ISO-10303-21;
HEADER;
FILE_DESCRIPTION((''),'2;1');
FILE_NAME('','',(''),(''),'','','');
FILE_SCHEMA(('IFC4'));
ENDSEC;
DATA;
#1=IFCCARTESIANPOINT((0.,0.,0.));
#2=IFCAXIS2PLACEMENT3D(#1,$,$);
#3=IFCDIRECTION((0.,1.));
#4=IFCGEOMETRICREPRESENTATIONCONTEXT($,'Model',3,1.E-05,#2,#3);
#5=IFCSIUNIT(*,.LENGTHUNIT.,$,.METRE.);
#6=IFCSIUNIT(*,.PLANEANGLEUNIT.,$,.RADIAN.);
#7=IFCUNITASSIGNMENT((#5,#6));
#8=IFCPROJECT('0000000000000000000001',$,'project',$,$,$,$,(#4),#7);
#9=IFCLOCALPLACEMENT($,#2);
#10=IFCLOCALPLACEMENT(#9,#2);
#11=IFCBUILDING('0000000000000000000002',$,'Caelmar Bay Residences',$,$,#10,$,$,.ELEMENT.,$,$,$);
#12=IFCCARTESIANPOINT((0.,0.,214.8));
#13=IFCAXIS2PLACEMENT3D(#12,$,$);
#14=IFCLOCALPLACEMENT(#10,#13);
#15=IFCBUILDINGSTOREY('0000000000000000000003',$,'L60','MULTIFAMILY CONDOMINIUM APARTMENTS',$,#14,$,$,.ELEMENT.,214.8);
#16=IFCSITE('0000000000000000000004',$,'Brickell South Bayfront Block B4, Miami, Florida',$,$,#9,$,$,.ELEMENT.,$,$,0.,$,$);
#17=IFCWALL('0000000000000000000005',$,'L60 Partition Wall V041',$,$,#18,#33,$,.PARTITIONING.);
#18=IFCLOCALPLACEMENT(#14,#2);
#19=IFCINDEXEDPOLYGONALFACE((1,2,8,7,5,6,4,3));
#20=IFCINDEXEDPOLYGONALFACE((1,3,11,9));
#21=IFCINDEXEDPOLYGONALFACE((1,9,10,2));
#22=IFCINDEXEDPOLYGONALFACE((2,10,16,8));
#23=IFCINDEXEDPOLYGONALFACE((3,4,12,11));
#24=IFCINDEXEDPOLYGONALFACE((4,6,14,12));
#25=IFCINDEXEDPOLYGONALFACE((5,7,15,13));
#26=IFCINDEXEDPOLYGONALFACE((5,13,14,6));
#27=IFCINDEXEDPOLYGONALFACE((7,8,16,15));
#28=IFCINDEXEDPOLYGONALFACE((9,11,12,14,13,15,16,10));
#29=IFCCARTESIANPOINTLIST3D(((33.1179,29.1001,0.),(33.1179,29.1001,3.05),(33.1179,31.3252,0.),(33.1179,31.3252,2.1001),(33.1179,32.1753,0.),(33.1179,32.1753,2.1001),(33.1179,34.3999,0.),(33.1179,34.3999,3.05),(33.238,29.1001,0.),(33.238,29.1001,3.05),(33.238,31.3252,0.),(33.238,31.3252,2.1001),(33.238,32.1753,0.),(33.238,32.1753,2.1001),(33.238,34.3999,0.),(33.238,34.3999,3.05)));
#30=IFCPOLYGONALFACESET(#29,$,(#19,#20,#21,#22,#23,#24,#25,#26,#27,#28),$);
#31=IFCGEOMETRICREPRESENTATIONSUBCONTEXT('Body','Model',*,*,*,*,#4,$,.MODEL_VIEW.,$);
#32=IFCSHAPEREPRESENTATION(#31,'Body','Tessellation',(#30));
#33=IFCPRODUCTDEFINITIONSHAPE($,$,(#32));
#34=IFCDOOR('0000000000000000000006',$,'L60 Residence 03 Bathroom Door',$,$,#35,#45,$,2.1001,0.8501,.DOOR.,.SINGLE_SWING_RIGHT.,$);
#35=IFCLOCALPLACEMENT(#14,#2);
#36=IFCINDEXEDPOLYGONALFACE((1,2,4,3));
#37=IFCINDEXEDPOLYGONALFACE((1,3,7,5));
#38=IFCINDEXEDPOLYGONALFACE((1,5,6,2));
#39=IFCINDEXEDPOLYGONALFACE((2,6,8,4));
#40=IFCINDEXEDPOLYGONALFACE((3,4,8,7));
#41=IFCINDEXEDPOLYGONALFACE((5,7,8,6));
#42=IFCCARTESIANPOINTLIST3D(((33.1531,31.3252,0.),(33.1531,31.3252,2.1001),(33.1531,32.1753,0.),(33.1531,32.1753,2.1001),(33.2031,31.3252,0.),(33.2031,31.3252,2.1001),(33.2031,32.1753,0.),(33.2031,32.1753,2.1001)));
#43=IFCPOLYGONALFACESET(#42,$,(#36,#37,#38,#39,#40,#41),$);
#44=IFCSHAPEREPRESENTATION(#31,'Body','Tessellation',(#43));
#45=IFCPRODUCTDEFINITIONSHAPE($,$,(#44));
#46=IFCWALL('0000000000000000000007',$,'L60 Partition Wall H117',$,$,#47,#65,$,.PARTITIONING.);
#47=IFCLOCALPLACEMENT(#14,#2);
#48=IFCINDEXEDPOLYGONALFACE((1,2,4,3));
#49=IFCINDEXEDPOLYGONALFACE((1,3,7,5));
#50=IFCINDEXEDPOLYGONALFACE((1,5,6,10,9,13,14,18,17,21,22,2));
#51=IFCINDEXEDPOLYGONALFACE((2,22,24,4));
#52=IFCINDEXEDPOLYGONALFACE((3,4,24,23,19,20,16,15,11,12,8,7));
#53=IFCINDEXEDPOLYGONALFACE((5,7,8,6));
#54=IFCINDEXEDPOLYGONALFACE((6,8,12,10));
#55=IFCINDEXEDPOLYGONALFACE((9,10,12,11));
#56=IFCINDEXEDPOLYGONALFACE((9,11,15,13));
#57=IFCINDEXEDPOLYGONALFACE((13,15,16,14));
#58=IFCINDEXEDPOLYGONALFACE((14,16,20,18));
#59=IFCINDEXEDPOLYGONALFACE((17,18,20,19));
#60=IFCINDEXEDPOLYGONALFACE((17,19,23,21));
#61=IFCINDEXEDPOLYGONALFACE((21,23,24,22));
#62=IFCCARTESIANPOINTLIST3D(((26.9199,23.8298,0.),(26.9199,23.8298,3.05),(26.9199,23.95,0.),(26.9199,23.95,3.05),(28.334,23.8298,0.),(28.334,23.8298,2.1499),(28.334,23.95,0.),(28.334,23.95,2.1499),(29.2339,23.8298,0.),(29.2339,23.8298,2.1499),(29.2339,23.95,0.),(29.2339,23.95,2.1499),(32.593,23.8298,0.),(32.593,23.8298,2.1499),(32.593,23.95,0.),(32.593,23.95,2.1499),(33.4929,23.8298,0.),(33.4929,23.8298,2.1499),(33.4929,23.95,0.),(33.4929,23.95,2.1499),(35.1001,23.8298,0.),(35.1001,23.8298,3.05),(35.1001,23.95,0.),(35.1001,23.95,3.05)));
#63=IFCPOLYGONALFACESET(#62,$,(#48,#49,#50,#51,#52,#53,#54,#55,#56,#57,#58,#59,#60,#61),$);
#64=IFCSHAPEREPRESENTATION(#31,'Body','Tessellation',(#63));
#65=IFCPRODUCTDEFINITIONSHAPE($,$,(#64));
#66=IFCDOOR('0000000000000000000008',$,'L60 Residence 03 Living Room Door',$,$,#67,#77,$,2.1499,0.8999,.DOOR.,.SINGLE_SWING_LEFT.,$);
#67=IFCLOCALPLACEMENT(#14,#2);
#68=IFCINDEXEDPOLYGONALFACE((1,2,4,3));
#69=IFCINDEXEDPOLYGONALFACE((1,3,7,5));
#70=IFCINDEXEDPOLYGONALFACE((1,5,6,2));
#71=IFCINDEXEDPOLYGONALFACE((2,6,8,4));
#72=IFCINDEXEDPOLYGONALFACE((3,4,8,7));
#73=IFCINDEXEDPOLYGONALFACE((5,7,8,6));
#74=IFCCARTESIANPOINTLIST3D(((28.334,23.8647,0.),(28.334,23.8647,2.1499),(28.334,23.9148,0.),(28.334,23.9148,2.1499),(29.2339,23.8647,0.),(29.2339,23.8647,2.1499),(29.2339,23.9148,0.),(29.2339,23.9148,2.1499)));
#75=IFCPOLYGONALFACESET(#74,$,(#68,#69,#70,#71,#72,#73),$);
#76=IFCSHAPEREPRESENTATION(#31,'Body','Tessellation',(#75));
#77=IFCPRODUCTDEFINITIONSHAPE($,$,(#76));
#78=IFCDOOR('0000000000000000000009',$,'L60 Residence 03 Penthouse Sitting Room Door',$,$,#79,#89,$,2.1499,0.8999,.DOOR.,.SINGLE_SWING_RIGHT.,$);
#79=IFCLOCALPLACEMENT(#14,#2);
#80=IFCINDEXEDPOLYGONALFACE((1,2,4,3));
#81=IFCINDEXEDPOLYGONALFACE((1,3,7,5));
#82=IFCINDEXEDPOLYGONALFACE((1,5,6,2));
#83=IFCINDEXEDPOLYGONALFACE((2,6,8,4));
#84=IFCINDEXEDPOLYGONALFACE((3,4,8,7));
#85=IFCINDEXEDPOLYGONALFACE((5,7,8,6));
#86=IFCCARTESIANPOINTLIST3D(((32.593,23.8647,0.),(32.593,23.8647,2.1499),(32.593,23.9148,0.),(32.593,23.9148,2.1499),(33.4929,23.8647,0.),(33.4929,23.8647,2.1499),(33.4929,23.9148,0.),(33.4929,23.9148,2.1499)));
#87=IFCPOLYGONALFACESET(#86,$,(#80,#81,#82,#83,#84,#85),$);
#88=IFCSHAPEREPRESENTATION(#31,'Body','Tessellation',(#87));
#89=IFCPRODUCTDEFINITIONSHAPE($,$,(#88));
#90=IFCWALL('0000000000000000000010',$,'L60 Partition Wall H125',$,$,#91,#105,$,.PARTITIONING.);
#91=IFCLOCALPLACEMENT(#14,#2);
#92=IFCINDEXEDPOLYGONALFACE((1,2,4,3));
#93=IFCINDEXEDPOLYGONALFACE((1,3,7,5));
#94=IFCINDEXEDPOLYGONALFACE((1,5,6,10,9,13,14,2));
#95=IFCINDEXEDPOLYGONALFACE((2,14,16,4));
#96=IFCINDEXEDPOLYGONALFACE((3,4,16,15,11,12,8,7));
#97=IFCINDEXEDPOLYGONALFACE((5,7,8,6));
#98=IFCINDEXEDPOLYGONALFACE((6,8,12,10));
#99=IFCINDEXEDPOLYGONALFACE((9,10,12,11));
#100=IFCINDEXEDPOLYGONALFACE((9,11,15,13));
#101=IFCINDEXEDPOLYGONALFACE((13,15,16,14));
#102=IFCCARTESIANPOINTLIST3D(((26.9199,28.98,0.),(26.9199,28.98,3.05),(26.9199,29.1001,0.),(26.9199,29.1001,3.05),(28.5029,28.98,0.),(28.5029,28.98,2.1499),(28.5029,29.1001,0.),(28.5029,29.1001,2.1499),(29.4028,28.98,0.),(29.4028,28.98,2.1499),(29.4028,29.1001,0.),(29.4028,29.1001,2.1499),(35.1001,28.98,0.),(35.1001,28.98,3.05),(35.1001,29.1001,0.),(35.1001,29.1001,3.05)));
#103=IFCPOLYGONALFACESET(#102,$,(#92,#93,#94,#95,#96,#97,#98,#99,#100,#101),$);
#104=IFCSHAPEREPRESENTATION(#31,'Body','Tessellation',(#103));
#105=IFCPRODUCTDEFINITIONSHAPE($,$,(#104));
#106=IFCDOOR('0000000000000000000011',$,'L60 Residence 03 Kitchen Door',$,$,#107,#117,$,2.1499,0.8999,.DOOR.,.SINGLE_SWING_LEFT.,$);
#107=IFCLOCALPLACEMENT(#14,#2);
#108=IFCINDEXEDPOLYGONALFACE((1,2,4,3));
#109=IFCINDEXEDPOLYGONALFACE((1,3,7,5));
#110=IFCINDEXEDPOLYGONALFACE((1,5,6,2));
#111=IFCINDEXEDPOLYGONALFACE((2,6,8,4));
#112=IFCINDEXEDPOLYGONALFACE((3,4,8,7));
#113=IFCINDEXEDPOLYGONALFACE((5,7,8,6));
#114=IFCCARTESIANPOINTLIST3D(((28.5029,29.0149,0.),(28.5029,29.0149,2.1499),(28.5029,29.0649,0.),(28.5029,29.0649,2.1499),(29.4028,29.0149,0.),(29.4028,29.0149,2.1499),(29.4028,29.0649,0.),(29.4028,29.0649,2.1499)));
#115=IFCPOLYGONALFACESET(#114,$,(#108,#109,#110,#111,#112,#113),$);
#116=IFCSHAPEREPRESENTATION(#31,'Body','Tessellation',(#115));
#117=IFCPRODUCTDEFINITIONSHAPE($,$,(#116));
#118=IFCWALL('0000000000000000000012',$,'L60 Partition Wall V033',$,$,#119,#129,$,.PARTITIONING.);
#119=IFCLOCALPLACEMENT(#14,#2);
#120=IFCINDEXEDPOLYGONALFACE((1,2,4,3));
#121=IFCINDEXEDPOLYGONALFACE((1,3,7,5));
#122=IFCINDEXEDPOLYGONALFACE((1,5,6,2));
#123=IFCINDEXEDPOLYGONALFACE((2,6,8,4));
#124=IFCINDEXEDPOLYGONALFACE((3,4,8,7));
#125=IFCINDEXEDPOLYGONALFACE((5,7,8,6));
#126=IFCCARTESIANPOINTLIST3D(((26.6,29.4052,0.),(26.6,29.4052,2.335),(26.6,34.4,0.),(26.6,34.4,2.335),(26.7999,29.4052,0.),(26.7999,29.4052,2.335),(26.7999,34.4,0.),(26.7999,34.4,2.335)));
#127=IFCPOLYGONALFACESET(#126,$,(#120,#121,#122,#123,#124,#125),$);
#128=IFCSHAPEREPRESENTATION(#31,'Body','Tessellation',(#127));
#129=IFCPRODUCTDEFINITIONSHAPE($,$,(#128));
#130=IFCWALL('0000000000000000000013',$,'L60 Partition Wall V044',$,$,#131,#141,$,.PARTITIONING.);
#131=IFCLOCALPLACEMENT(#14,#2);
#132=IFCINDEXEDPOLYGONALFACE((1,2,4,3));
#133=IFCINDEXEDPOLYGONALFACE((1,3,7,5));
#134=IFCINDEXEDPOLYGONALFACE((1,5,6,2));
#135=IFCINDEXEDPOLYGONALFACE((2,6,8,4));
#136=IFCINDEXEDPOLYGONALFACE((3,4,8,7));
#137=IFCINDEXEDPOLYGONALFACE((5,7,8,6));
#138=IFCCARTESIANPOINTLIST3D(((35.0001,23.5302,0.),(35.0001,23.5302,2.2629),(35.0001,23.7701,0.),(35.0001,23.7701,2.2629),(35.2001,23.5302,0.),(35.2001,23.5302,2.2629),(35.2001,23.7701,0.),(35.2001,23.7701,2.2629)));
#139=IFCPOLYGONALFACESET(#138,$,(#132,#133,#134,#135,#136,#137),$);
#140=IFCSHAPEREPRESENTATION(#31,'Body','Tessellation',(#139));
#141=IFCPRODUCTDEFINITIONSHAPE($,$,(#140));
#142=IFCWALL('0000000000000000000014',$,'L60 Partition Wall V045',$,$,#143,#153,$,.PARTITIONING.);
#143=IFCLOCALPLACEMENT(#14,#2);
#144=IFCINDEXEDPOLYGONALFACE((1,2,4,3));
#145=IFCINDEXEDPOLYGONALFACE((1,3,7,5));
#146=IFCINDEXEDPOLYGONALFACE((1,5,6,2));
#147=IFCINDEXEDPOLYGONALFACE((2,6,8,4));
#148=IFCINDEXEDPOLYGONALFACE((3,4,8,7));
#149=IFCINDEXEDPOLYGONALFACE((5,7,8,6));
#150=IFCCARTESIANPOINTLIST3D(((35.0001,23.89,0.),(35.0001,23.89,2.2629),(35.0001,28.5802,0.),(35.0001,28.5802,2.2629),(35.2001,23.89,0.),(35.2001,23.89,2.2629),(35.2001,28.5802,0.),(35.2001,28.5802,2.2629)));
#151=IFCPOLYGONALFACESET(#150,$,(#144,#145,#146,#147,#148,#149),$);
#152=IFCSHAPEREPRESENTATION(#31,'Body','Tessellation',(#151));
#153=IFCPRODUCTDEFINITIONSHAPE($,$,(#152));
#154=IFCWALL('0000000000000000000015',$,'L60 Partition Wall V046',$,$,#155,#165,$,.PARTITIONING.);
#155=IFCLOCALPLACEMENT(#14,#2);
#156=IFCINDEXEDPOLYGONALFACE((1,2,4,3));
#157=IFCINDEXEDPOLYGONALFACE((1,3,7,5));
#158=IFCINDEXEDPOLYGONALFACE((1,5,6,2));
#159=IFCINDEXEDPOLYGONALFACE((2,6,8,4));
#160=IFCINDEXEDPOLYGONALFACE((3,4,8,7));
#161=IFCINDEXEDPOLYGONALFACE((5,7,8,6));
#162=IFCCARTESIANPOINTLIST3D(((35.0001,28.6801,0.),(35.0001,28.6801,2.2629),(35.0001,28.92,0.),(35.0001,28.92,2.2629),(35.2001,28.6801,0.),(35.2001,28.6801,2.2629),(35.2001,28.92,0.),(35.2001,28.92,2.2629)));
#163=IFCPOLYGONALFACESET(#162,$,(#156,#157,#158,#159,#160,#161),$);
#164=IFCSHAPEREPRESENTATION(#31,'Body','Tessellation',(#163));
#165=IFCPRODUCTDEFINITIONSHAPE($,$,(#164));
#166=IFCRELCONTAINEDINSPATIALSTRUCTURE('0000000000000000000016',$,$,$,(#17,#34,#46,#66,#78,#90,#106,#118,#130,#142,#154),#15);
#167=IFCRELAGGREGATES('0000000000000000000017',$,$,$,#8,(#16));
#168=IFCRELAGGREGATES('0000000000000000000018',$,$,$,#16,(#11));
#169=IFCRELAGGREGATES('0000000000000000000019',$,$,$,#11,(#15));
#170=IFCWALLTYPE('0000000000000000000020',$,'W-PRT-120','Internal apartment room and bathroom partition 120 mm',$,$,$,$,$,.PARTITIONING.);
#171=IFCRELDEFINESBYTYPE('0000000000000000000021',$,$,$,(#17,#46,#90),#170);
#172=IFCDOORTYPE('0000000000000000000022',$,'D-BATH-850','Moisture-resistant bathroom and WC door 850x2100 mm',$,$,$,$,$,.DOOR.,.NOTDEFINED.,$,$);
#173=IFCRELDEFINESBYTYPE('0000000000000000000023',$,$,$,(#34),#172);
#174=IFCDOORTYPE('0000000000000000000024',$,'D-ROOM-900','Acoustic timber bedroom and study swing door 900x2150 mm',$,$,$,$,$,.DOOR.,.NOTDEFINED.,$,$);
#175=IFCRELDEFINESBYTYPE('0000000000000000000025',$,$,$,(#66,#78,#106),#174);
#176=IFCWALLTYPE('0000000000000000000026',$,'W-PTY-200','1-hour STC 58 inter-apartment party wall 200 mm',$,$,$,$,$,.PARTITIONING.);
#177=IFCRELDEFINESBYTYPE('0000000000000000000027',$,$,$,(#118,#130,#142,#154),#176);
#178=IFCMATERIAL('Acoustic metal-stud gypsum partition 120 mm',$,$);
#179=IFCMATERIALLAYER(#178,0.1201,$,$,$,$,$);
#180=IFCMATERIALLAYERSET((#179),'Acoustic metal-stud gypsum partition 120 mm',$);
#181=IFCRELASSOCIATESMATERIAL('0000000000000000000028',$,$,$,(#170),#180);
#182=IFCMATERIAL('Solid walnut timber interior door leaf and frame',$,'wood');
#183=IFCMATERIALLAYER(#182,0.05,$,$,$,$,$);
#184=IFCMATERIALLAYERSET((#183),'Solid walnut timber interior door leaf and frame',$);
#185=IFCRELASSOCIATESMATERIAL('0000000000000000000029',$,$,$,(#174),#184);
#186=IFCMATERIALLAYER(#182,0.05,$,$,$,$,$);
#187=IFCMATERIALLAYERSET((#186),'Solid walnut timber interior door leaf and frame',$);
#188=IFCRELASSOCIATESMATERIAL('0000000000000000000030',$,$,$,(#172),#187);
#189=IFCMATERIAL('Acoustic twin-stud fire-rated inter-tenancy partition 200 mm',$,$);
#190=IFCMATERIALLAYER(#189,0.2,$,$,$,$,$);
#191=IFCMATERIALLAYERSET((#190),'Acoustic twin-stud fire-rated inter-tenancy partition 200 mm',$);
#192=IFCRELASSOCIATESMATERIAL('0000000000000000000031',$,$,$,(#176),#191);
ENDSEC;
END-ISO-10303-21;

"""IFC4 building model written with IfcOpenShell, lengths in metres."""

from ifc_helpers import new_model, si_unit, direction, frame, frame_2d, origin, place, context, subcontext, project, spatial, rectangle, extrude, material, layer, layer_set, type_object, element, fill, save


model = new_model("IFC4")

# Units and contexts
model_context = context("Model", 3, precision=1e-05, world=origin(), true_north=direction((0.0, 1.0)))
body_context = subcontext(model_context, "Body", "Model", "MODEL_VIEW")
ifc_project = project(units=[si_unit("LENGTHUNIT", "METRE"), si_unit("PLANEANGLEUNIT", "RADIAN")], contexts=[model_context])

# Site, building, storey
site_placement = place(None, origin())
site = spatial("IfcSite", under=ifc_project, at=site_placement, Name="Brickell South Bayfront Block B4, Miami, Florida", CompositionType="ELEMENT", RefElevation=0.0)
building_placement = place(site_placement, origin())
building = spatial("IfcBuilding", under=site, at=building_placement, Name="Caelmar Bay Residences", CompositionType="ELEMENT")
storey_placement = place(building_placement, frame((0.0, 0.0, 214.8)))
storey = spatial("IfcBuildingStorey", under=building, at=storey_placement, Name="L60", Description="MULTIFAMILY CONDOMINIUM APARTMENTS", CompositionType="ELEMENT", Elevation=214.8)

# Shared definitions
ifc_material_1 = material(Name="Acoustic metal-stud gypsum partition 120 mm")
ifc_layer_1 = layer(ifc_material_1, 0.1201)
ifc_layer_set_1 = layer_set([ifc_layer_1], Name="Acoustic metal-stud gypsum partition 120 mm")
wall_type_1 = type_object("IfcWallType", Name="W-PRT-120", Description="Internal apartment room and bathroom partition 120 mm", PredefinedType="PARTITIONING", material=ifc_layer_set_1)

# Shared definitions
ifc_material_2 = material(Name="Solid walnut timber interior door leaf and frame", Category="wood")
ifc_layer_2 = layer(ifc_material_2, 0.05)
ifc_layer_set_2 = layer_set([ifc_layer_2], Name="Solid walnut timber interior door leaf and frame")
door_type_1 = type_object("IfcDoorType", Name="D-ROOM-900", Description="Acoustic timber bedroom and study swing door 900x2150 mm", OperationType="NOTDEFINED", PredefinedType="DOOR", material=ifc_layer_set_2)

# Wall, opening, door
wall_1_placement = place(storey_placement, frame((33.178, 29.1001, 0.0), z_axis=(0.0, 0.0, 1.0), x_axis=(0.0, 1.0, 0.0)))
wall_1 = element("IfcWall", 1, at=wall_1_placement, inside=storey, type_object=wall_type_1, Name="L60 Partition Wall V041", PredefinedType="PARTITIONING", context=body_context, shape_type="SweptSolid", body=[
    extrude(rectangle(XDim=5.2998, YDim=0.1201, at=frame_2d((2.6499, 0.0))), origin(), (0.0, 0.0, 1.0), 3.05),
])
opening_1_placement = place(wall_1_placement, frame((2.2251, 0.0, 0.0)))
opening_1 = element("IfcOpeningElement", 2, at=opening_1_placement, cuts=wall_1, PredefinedType="OPENING", context=body_context, shape_type="SweptSolid", body=[
    extrude(rectangle(XDim=0.8501, YDim=2.1001, at=frame_2d((0.425, 1.05))), frame((0.0, 0.0701, 0.0), z_axis=(0.0, -1.0, 0.0), x_axis=(1.0, 0.0, 0.0)), (0.0, 0.0, 1.0), 0.1401),
])
ifc_layer_3 = layer(ifc_material_2, 0.05)
ifc_layer_set_3 = layer_set([ifc_layer_3], Name="Solid walnut timber interior door leaf and frame")
door_type_2 = type_object("IfcDoorType", Name="D-BATH-850", Description="Moisture-resistant bathroom and WC door 850x2100 mm", OperationType="NOTDEFINED", PredefinedType="DOOR", material=ifc_layer_set_3)
door_1_placement = place(opening_1_placement, origin())
door_1 = element("IfcDoor", 3, at=door_1_placement, inside=storey, type_object=door_type_2, Name="L60 Residence 03 Bathroom Door", OperationType="SINGLE_SWING_RIGHT", OverallHeight=2.1001, OverallWidth=0.8501, PredefinedType="DOOR", context=body_context, shape_type="SweptSolid", body=[
    extrude(rectangle(XDim=0.8501, YDim=2.1001, at=frame_2d((0.425, 1.05))), frame((0.0, 0.0249, 0.0), z_axis=(0.0, -1.0, 0.0), x_axis=(1.0, 0.0, 0.0)), (0.0, 0.0, 1.0), 0.05),
])
fill(opening_1, door_1)

# Wall, openings, doors
wall_2_placement = place(storey_placement, frame((26.9199, 23.8899, 0.0), z_axis=(0.0, 0.0, 1.0), x_axis=(1.0, 0.0, 0.0)))
wall_2 = element("IfcWall", 4, at=wall_2_placement, inside=storey, type_object=wall_type_1, Name="L60 Partition Wall H117", PredefinedType="PARTITIONING", context=body_context, shape_type="SweptSolid", body=[
    extrude(rectangle(XDim=8.1802, YDim=0.1201, at=frame_2d((4.0901, 0.0))), origin(), (0.0, 0.0, 1.0), 3.05),
])
opening_2_placement = place(wall_2_placement, frame((1.4141, 0.0, 0.0)))
opening_2 = element("IfcOpeningElement", 5, at=opening_2_placement, cuts=wall_2, PredefinedType="OPENING", context=body_context, shape_type="SweptSolid", body=[
    extrude(rectangle(XDim=0.8999, YDim=2.1499, at=frame_2d((0.45, 1.075))), frame((0.0, 0.0701, 0.0), z_axis=(0.0, -1.0, 0.0), x_axis=(1.0, 0.0, 0.0)), (0.0, 0.0, 1.0), 0.1401),
])
opening_3_placement = place(wall_2_placement, frame((5.6731, 0.0, 0.0)))
opening_3 = element("IfcOpeningElement", 6, at=opening_3_placement, cuts=wall_2, PredefinedType="OPENING", context=body_context, shape_type="SweptSolid", body=[
    extrude(rectangle(XDim=0.8999, YDim=2.1499, at=frame_2d((0.45, 1.075))), frame((0.0, 0.0701, 0.0), z_axis=(0.0, -1.0, 0.0), x_axis=(1.0, 0.0, 0.0)), (0.0, 0.0, 1.0), 0.1401),
])
door_2_placement = place(opening_2_placement, origin())
door_2 = element("IfcDoor", 7, at=door_2_placement, inside=storey, type_object=door_type_1, Name="L60 Residence 03 Living Room Door", OperationType="SINGLE_SWING_LEFT", OverallHeight=2.1499, OverallWidth=0.8999, PredefinedType="DOOR", context=body_context, shape_type="SweptSolid", body=[
    extrude(rectangle(XDim=0.8999, YDim=2.1499, at=frame_2d((0.45, 1.075))), frame((0.0, 0.0249, 0.0), z_axis=(0.0, -1.0, 0.0), x_axis=(1.0, 0.0, 0.0)), (0.0, 0.0, 1.0), 0.05),
])
fill(opening_2, door_2)
door_3_placement = place(opening_3_placement, origin())
door_3 = element("IfcDoor", 8, at=door_3_placement, inside=storey, type_object=door_type_1, Name="L60 Residence 03 Penthouse Sitting Room Door", OperationType="SINGLE_SWING_RIGHT", OverallHeight=2.1499, OverallWidth=0.8999, PredefinedType="DOOR", context=body_context, shape_type="SweptSolid", body=[
    extrude(rectangle(XDim=0.8999, YDim=2.1499, at=frame_2d((0.45, 1.075))), frame((0.0, 0.0249, 0.0), z_axis=(0.0, -1.0, 0.0), x_axis=(1.0, 0.0, 0.0)), (0.0, 0.0, 1.0), 0.05),
])
fill(opening_3, door_3)

# Wall, opening, door
wall_3_placement = place(storey_placement, frame((26.9199, 29.04, 0.0), z_axis=(0.0, 0.0, 1.0), x_axis=(1.0, 0.0, 0.0)))
wall_3 = element("IfcWall", 9, at=wall_3_placement, inside=storey, type_object=wall_type_1, Name="L60 Partition Wall H125", PredefinedType="PARTITIONING", context=body_context, shape_type="SweptSolid", body=[
    extrude(rectangle(XDim=8.1802, YDim=0.1201, at=frame_2d((4.0901, 0.0))), origin(), (0.0, 0.0, 1.0), 3.05),
])
opening_4_placement = place(wall_3_placement, frame((1.583, 0.0, 0.0)))
opening_4 = element("IfcOpeningElement", 10, at=opening_4_placement, cuts=wall_3, PredefinedType="OPENING", context=body_context, shape_type="SweptSolid", body=[
    extrude(rectangle(XDim=0.8999, YDim=2.1499, at=frame_2d((0.45, 1.075))), frame((0.0, 0.0701, 0.0), z_axis=(0.0, -1.0, 0.0), x_axis=(1.0, 0.0, 0.0)), (0.0, 0.0, 1.0), 0.1401),
])
door_4_placement = place(opening_4_placement, origin())
door_4 = element("IfcDoor", 11, at=door_4_placement, inside=storey, type_object=door_type_1, Name="L60 Residence 03 Kitchen Door", OperationType="SINGLE_SWING_LEFT", OverallHeight=2.1499, OverallWidth=0.8999, PredefinedType="DOOR", context=body_context, shape_type="SweptSolid", body=[
    extrude(rectangle(XDim=0.8999, YDim=2.1499, at=frame_2d((0.45, 1.075))), frame((0.0, 0.0249, 0.0), z_axis=(0.0, -1.0, 0.0), x_axis=(1.0, 0.0, 0.0)), (0.0, 0.0, 1.0), 0.05),
])
fill(opening_4, door_4)

# Walls
ifc_material_3 = material(Name="Acoustic twin-stud fire-rated inter-tenancy partition 200 mm")
ifc_layer_4 = layer(ifc_material_3, 0.2)
ifc_layer_set_4 = layer_set([ifc_layer_4], Name="Acoustic twin-stud fire-rated inter-tenancy partition 200 mm")
wall_type_2 = type_object("IfcWallType", Name="W-PTY-200", Description="1-hour STC 58 inter-apartment party wall 200 mm", PredefinedType="PARTITIONING", material=ifc_layer_set_4)
wall_4_placement = place(storey_placement, frame((26.7, 29.405, 0.0), z_axis=(0.0, 0.0, 1.0), x_axis=(0.0, 1.0, 0.0)))
element("IfcWall", 12, at=wall_4_placement, inside=storey, type_object=wall_type_2, Name="L60 Partition Wall V033", PredefinedType="PARTITIONING", context=body_context, shape_type="SweptSolid", body=[
    extrude(rectangle(XDim=4.9949, YDim=0.2, at=frame_2d((2.4976, 0.0))), origin(), (0.0, 0.0, 1.0), 2.335),
])
wall_5_placement = place(storey_placement, frame((35.1001, 23.53, 0.0), z_axis=(0.0, 0.0, 1.0), x_axis=(0.0, 1.0, 0.0)))
element("IfcWall", 13, at=wall_5_placement, inside=storey, type_object=wall_type_2, Name="L60 Partition Wall V044", PredefinedType="PARTITIONING", context=body_context, shape_type="SweptSolid", body=[
    extrude(rectangle(XDim=0.24, YDim=0.2, at=frame_2d((0.1201, 0.0))), origin(), (0.0, 0.0, 1.0), 2.2629),
])
wall_6_placement = place(storey_placement, frame((35.1001, 23.8899, 0.0), z_axis=(0.0, 0.0, 1.0), x_axis=(0.0, 1.0, 0.0)))
element("IfcWall", 14, at=wall_6_placement, inside=storey, type_object=wall_type_2, Name="L60 Partition Wall V045", PredefinedType="PARTITIONING", context=body_context, shape_type="SweptSolid", body=[
    extrude(rectangle(XDim=4.6902, YDim=0.2, at=frame_2d((2.3452, 0.0))), origin(), (0.0, 0.0, 1.0), 2.2629),
])
wall_7_placement = place(storey_placement, frame((35.1001, 28.6799, 0.0), z_axis=(0.0, 0.0, 1.0), x_axis=(0.0, 1.0, 0.0)))
element("IfcWall", 15, at=wall_7_placement, inside=storey, type_object=wall_type_2, Name="L60 Partition Wall V046", PredefinedType="PARTITIONING", context=body_context, shape_type="SweptSolid", body=[
    extrude(rectangle(XDim=0.24, YDim=0.2, at=frame_2d((0.1201, 0.0))), origin(), (0.0, 0.0, 1.0), 2.2629),
])

save(model, "model.ifc")
